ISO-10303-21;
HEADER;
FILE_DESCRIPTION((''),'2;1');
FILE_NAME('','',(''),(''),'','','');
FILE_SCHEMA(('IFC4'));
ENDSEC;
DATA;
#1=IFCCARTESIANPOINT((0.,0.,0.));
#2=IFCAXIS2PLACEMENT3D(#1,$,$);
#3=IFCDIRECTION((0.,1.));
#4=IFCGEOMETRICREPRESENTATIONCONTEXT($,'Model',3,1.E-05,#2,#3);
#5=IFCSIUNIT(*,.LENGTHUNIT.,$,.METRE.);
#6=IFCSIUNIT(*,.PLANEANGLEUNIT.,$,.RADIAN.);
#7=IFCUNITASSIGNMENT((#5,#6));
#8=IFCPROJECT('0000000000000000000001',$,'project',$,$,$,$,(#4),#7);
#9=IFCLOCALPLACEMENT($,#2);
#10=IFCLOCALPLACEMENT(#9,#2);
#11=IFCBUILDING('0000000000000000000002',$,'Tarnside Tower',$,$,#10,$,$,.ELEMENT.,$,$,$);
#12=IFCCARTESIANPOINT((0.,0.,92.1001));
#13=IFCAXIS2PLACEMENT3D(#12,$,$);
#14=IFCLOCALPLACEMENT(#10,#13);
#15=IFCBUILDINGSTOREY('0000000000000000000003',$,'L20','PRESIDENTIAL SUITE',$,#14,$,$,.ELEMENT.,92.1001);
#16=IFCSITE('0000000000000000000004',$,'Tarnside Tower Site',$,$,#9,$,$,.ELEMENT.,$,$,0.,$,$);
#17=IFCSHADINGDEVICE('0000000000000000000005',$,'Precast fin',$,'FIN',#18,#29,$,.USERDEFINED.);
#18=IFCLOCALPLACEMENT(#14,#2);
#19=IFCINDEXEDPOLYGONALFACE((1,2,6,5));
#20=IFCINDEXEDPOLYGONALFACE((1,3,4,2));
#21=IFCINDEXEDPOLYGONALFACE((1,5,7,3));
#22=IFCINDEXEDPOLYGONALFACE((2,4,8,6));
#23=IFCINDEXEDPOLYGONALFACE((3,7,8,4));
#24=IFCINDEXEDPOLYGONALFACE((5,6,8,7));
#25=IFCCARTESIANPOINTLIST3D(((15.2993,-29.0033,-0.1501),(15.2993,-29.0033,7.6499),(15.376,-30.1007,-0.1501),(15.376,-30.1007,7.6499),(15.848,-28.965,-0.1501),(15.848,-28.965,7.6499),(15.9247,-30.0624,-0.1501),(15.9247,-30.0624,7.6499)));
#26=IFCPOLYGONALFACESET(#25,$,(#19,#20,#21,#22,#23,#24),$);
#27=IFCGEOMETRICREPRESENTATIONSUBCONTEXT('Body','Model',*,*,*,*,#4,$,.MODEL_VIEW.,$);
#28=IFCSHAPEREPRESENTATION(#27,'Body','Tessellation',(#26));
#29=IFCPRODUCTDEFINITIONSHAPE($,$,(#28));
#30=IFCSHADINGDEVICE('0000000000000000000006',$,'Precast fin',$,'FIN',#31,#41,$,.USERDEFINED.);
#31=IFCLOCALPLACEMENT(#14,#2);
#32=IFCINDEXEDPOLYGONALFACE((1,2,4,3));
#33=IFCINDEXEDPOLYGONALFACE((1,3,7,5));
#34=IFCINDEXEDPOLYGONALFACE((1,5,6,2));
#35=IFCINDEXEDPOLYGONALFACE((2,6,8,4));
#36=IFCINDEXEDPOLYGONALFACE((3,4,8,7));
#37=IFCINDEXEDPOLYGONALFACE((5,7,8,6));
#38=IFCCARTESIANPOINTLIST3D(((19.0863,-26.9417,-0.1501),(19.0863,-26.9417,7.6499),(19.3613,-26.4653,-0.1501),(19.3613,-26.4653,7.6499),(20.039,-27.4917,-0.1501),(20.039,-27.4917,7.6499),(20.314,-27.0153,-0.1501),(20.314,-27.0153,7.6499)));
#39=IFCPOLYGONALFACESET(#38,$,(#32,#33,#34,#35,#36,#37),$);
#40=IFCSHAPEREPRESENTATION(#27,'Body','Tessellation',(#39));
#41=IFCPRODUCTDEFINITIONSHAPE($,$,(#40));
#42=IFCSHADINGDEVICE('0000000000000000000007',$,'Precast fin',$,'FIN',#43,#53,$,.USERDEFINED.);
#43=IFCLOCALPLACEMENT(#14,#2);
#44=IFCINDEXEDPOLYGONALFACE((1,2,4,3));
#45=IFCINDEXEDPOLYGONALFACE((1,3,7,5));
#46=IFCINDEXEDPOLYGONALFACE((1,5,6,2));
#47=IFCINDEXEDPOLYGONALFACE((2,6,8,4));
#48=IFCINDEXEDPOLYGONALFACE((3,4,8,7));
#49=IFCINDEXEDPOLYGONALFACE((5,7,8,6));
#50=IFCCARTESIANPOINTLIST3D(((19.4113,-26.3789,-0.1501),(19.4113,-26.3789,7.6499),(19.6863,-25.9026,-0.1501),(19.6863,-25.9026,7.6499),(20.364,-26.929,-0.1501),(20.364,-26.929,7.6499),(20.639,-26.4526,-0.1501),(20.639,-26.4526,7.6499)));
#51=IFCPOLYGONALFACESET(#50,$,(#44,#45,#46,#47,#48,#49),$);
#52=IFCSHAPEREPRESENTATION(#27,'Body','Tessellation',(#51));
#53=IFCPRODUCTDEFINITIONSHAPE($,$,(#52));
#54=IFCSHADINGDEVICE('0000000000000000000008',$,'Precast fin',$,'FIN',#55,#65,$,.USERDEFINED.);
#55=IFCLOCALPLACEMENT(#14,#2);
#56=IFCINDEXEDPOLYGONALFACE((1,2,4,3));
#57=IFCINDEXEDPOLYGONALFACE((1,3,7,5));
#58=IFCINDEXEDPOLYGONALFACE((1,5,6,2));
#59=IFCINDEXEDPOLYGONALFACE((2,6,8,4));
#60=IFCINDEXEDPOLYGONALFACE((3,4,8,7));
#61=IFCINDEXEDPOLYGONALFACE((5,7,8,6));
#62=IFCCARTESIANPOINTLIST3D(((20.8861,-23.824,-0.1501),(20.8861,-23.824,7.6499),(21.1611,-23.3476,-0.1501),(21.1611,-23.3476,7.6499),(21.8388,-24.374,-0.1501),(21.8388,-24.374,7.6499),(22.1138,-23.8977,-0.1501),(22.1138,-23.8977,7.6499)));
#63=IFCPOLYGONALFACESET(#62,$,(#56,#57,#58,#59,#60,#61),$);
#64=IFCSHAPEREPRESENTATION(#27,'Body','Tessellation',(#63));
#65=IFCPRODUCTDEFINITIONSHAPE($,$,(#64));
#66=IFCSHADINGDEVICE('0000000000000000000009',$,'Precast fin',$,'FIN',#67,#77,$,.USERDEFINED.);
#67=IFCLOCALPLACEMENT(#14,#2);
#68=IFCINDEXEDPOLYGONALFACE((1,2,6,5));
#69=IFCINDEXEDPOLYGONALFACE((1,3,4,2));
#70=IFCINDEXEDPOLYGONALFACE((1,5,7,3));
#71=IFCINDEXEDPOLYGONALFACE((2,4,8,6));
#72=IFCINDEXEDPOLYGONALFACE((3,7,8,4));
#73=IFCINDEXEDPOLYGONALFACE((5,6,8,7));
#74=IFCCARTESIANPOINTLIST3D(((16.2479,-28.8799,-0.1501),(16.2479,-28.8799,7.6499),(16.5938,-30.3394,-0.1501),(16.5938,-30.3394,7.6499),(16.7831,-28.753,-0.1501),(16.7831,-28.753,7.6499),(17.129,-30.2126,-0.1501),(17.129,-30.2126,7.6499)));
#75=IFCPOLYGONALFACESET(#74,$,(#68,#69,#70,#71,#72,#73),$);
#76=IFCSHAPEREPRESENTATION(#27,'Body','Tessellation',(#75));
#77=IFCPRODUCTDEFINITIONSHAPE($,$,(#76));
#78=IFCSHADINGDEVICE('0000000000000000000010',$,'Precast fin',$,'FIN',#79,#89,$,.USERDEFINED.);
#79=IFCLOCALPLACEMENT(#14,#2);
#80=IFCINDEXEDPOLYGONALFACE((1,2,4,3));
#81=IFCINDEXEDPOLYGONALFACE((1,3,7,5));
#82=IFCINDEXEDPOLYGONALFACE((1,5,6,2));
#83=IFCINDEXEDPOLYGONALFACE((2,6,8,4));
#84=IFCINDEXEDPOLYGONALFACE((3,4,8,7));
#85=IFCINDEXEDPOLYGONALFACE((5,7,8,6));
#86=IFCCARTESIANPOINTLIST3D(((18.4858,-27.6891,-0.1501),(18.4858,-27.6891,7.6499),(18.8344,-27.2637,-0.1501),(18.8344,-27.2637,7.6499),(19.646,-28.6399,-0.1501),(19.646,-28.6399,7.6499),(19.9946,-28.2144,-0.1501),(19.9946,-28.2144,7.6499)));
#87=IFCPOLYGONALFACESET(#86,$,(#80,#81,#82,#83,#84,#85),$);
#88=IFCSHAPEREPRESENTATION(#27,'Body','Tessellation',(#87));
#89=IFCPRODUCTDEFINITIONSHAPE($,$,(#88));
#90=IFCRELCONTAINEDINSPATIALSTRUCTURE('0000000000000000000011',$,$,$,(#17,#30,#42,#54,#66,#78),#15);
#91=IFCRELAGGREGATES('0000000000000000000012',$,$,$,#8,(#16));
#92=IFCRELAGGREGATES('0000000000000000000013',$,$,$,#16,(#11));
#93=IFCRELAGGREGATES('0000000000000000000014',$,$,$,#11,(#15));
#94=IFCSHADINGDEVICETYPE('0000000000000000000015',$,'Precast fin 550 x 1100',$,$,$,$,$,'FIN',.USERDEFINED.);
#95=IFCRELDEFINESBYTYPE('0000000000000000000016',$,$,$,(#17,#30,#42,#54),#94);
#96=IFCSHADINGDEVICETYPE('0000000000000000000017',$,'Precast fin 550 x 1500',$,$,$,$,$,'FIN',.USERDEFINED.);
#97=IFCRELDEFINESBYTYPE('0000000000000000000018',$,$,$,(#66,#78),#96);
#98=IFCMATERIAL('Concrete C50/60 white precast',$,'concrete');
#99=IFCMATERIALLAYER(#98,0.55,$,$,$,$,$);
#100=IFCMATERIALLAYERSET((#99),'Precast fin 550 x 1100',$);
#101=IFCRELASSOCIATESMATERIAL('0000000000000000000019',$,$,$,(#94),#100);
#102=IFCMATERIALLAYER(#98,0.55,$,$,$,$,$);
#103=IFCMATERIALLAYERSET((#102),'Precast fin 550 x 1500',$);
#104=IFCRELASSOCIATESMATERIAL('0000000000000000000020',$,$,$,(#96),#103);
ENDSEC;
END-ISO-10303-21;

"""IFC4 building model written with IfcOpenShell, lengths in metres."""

from ifc_helpers import new_model, si_unit, direction, frame, origin, place, context, subcontext, project, spatial, polyline, outline, extrude, material, layer, layer_set, type_object, element, save


model = new_model("IFC4")

# Units and contexts
model_context = context("Model", 3, precision=1e-05, world=origin(), true_north=direction((0.0, 1.0)))
body_context = subcontext(model_context, "Body", "Model", "MODEL_VIEW")
ifc_project = project(units=[si_unit("LENGTHUNIT", "METRE"), si_unit("PLANEANGLEUNIT", "RADIAN")], contexts=[model_context])

# Site, building, storey
site_placement = place(None, origin())
site = spatial("IfcSite", under=ifc_project, at=site_placement, Name="Tarnside Tower Site", CompositionType="ELEMENT", RefElevation=0.0)
building_placement = place(site_placement, origin())
building = spatial("IfcBuilding", under=site, at=building_placement, Name="Tarnside Tower", CompositionType="ELEMENT")
storey_placement = place(building_placement, frame((0.0, 0.0, 92.1001)))
storey = spatial("IfcBuildingStorey", under=building, at=storey_placement, Name="L20", Description="PRESIDENTIAL SUITE", CompositionType="ELEMENT", Elevation=92.1001)

# Shading devices
ifc_material_1 = material(Name="Concrete C50/60 white precast", Category="concrete")
ifc_layer_1 = layer(ifc_material_1, 0.55)
ifc_layer_set_1 = layer_set([ifc_layer_1], Name="Precast fin 550 x 1100")
shading_device_type_1 = type_object("IfcShadingDeviceType", Name="Precast fin 550 x 1100", ElementType="FIN", PredefinedType="USERDEFINED", material=ifc_layer_set_1)
for number, where, z_axis, x_axis, name in (
    (1, (15.5737, -28.9841, -0.1501), (-0.997564, -0.069756, 0.0), (0.069756, -0.997564, 0.0), "Precast fin"),
    (2, (19.2239, -26.7034, -0.1501), (-0.5, -0.866025, 0.0), (0.866025, -0.5, 0.0), "Precast fin"),
    (3, (19.5488, -26.1406, -0.1501), (-0.5, -0.866025, 0.0), (0.866025, -0.5, 0.0), "Precast fin"),
    (4, (21.0237, -23.5857, -0.1501), (-0.5, -0.866025, 0.0), (0.866025, -0.5, 0.0), "Precast fin"),
):
    element("IfcShadingDevice", number, at=place(storey_placement, frame(where, z_axis=z_axis, x_axis=x_axis)), inside=storey, type_object=shading_device_type_1, Name=name, ObjectType="FIN", PredefinedType="USERDEFINED", context=body_context, shape_type="SweptSolid", body=[
        extrude(outline(polyline([(0.0, 0.0), (1.1001, 0.0), (1.1001, 7.8), (0.0, 7.8), (0.0, 0.0)])), frame((0.0, 0.0, -0.2749)), (0.0, 0.0, 1.0), 0.55),
    ])
ifc_layer_2 = layer(ifc_material_1, 0.55)
ifc_layer_set_2 = layer_set([ifc_layer_2], Name="Precast fin 550 x 1500")
shading_device_type_2 = type_object("IfcShadingDeviceType", Name="Precast fin 550 x 1500", ElementType="FIN", PredefinedType="USERDEFINED", material=ifc_layer_set_2)
for number, where, z_axis, x_axis, name in (
    (5, (16.5156, -28.8164, -0.1501), (-0.973045, -0.230616, 0.0), (0.230616, -0.973045, 0.0), "Precast fin"),
    (6, (18.6602, -27.4763, -0.1501), (-0.633831, -0.773472, 0.0), (0.773472, -0.633831, 0.0), "Precast fin"),
):
    element("IfcShadingDevice", number, at=place(storey_placement, frame(where, z_axis=z_axis, x_axis=x_axis)), inside=storey, type_object=shading_device_type_2, Name=name, ObjectType="FIN", PredefinedType="USERDEFINED", context=body_context, shape_type="SweptSolid", body=[
        extrude(outline(polyline([(0.0, 0.0), (1.5, 0.0), (1.5, 7.8), (0.0, 7.8), (0.0, 0.0)])), frame((0.0, 0.0, -0.2749)), (0.0, 0.0, 1.0), 0.55),
    ])

save(model, "model.ifc")
